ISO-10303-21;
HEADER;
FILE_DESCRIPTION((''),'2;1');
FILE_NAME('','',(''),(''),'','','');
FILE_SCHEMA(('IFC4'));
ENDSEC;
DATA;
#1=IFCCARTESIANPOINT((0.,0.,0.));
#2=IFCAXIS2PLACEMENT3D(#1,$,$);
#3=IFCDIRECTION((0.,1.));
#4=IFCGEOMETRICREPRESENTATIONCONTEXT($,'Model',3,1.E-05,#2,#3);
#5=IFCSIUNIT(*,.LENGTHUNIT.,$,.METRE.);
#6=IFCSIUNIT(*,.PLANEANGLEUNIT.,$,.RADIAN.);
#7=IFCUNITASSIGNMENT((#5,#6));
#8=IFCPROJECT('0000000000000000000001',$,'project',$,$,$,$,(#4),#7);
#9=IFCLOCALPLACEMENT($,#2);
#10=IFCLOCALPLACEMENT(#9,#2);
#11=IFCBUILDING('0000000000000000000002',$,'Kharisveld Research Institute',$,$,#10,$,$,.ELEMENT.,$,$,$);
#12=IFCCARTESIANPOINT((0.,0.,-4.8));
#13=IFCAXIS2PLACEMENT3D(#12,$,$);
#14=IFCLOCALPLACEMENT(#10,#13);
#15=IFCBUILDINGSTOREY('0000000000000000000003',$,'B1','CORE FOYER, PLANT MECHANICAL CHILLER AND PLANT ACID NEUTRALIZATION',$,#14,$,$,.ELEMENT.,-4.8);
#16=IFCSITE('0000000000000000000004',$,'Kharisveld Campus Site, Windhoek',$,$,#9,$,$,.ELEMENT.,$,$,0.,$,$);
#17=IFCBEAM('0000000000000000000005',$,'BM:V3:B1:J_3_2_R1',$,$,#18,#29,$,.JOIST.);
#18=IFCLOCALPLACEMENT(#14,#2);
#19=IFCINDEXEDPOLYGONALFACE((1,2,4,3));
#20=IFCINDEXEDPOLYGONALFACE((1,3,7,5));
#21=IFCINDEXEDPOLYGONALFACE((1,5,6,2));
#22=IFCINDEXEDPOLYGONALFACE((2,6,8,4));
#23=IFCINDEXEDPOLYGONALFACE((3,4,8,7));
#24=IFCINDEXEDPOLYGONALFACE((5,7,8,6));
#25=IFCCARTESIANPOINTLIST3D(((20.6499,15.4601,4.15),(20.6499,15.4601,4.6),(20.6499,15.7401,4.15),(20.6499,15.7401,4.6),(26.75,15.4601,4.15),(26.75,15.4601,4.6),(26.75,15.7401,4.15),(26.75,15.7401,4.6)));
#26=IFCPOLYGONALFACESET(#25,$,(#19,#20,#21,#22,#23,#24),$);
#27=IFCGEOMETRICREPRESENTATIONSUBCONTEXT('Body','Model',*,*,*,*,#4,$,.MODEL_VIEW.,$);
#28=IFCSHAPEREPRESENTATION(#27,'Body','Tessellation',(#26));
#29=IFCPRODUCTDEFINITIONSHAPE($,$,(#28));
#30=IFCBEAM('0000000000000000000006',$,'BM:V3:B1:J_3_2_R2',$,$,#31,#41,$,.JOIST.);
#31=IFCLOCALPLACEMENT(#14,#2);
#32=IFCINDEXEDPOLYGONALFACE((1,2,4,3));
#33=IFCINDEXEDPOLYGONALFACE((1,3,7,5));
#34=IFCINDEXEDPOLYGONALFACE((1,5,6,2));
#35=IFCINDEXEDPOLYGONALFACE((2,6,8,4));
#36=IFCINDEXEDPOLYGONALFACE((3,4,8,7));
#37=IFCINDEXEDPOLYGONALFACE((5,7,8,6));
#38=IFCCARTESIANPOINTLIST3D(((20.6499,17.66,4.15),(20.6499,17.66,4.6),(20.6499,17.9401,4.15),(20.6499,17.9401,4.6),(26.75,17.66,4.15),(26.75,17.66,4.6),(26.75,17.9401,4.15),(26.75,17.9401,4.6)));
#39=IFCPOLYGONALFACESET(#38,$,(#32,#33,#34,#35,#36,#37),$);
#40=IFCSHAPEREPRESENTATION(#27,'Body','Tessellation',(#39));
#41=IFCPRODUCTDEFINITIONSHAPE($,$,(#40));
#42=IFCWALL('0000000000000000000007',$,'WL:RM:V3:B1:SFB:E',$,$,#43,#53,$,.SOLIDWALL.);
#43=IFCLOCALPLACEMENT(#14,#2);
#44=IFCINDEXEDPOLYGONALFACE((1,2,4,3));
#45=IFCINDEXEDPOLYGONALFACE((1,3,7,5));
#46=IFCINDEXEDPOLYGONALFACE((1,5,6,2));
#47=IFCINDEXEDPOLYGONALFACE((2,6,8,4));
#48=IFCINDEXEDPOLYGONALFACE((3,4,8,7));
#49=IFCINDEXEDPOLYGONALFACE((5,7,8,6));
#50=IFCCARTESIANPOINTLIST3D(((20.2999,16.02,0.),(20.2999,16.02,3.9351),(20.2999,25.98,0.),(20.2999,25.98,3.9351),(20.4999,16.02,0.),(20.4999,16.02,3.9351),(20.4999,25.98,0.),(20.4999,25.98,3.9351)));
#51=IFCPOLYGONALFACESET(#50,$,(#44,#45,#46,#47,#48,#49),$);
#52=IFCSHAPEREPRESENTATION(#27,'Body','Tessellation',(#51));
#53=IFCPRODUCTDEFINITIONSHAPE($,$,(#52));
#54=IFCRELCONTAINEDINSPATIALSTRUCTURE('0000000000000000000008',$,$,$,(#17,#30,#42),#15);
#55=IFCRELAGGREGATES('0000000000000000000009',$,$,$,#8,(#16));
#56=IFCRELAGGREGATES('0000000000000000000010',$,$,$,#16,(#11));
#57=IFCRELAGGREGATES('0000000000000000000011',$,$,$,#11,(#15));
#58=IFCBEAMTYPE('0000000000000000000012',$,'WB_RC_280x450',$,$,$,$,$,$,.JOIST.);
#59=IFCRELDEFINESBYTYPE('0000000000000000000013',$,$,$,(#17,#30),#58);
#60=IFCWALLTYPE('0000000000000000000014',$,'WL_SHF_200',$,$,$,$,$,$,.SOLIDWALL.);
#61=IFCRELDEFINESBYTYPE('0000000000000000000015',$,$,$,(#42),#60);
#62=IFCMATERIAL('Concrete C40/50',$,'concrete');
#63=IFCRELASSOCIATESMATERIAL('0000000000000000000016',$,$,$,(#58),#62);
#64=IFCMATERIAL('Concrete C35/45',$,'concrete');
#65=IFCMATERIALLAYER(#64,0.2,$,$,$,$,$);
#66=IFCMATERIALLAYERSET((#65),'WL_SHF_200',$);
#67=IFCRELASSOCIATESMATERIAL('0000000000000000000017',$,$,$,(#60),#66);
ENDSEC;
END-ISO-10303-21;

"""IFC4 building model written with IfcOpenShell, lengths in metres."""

from ifc_helpers import new_model, si_unit, direction, frame, frame_2d, origin, origin_2d, place, context, subcontext, project, spatial, rectangle, extrude, material, layer, layer_set, material_profile, profile_set, type_object, element, save


model = new_model("IFC4")

# Units and contexts
model_context = context("Model", 3, precision=1e-05, world=origin(), true_north=direction((0.0, 1.0)))
body_context = subcontext(model_context, "Body", "Model", "MODEL_VIEW")
ifc_project = project(units=[si_unit("LENGTHUNIT", "METRE"), si_unit("PLANEANGLEUNIT", "RADIAN")], contexts=[model_context])

# Site, building, storey
site_placement = place(None, origin())
site = spatial("IfcSite", under=ifc_project, at=site_placement, Name="Kharisveld Campus Site, Windhoek", CompositionType="ELEMENT", RefElevation=0.0)
building_placement = place(site_placement, origin())
building = spatial("IfcBuilding", under=site, at=building_placement, Name="Kharisveld Research Institute", CompositionType="ELEMENT")
storey_placement = place(building_placement, frame((0.0, 0.0, -4.8)))
storey = spatial("IfcBuildingStorey", under=building, at=storey_placement, Name="B1", Description="CORE FOYER, PLANT MECHANICAL CHILLER AND PLANT ACID NEUTRALIZATION", CompositionType="ELEMENT", Elevation=-4.8)

# Beams
ifc_material_1 = material(Name="Concrete C40/50", Category="concrete")
ifc_material_profile_1 = material_profile(ifc_material_1, rectangle(XDim=0.28, YDim=0.45, at=origin_2d()))
ifc_profile_set_1 = profile_set([ifc_material_profile_1], Name="Concrete C40/50")
beam_type_1 = type_object("IfcBeamType", Name="WB_RC_280x450", PredefinedType="JOIST", material=ifc_profile_set_1)
for number, where, z_axis, x_axis, name in (
    (1, (20.6499, 15.6001, 4.375), (1.0, 0.0, 0.0), (0.0, 1.0, 0.0), "BM:V3:B1:J_3_2_R1"),
    (2, (20.6499, 17.8, 4.375), (1.0, 0.0, 0.0), (0.0, 1.0, 0.0), "BM:V3:B1:J_3_2_R2"),
):
    element("IfcBeam", number, at=place(storey_placement, frame(where, z_axis=z_axis, x_axis=x_axis)), inside=storey, type_object=beam_type_1, Name=name, PredefinedType="JOIST", context=body_context, shape_type="SweptSolid", body=[
        extrude(rectangle(XDim=0.28, YDim=0.45, at=origin_2d()), origin(), (0.0, 0.0, 1.0), 6.1001),
    ])

# Wall
ifc_material_2 = material(Name="Concrete C35/45", Category="concrete")
ifc_layer = layer(ifc_material_2, 0.2)
ifc_layer_set = layer_set([ifc_layer], Name="WL_SHF_200")
wall_type = type_object("IfcWallType", Name="WL_SHF_200", PredefinedType="SOLIDWALL", material=ifc_layer_set)
wall_1_placement = place(storey_placement, frame((20.3999, 16.02, 0.0), z_axis=(0.0, 0.0, 1.0), x_axis=(0.0, 1.0, 0.0)))
element("IfcWall", 3, at=wall_1_placement, inside=storey, type_object=wall_type, Name="WL:RM:V3:B1:SFB:E", PredefinedType="SOLIDWALL", context=body_context, shape_type="SweptSolid", body=[
    extrude(rectangle(XDim=9.96, YDim=0.2, at=frame_2d((4.98, 0.0))), origin(), (0.0, 0.0, 1.0), 3.9351),
])

save(model, "model.ifc")
